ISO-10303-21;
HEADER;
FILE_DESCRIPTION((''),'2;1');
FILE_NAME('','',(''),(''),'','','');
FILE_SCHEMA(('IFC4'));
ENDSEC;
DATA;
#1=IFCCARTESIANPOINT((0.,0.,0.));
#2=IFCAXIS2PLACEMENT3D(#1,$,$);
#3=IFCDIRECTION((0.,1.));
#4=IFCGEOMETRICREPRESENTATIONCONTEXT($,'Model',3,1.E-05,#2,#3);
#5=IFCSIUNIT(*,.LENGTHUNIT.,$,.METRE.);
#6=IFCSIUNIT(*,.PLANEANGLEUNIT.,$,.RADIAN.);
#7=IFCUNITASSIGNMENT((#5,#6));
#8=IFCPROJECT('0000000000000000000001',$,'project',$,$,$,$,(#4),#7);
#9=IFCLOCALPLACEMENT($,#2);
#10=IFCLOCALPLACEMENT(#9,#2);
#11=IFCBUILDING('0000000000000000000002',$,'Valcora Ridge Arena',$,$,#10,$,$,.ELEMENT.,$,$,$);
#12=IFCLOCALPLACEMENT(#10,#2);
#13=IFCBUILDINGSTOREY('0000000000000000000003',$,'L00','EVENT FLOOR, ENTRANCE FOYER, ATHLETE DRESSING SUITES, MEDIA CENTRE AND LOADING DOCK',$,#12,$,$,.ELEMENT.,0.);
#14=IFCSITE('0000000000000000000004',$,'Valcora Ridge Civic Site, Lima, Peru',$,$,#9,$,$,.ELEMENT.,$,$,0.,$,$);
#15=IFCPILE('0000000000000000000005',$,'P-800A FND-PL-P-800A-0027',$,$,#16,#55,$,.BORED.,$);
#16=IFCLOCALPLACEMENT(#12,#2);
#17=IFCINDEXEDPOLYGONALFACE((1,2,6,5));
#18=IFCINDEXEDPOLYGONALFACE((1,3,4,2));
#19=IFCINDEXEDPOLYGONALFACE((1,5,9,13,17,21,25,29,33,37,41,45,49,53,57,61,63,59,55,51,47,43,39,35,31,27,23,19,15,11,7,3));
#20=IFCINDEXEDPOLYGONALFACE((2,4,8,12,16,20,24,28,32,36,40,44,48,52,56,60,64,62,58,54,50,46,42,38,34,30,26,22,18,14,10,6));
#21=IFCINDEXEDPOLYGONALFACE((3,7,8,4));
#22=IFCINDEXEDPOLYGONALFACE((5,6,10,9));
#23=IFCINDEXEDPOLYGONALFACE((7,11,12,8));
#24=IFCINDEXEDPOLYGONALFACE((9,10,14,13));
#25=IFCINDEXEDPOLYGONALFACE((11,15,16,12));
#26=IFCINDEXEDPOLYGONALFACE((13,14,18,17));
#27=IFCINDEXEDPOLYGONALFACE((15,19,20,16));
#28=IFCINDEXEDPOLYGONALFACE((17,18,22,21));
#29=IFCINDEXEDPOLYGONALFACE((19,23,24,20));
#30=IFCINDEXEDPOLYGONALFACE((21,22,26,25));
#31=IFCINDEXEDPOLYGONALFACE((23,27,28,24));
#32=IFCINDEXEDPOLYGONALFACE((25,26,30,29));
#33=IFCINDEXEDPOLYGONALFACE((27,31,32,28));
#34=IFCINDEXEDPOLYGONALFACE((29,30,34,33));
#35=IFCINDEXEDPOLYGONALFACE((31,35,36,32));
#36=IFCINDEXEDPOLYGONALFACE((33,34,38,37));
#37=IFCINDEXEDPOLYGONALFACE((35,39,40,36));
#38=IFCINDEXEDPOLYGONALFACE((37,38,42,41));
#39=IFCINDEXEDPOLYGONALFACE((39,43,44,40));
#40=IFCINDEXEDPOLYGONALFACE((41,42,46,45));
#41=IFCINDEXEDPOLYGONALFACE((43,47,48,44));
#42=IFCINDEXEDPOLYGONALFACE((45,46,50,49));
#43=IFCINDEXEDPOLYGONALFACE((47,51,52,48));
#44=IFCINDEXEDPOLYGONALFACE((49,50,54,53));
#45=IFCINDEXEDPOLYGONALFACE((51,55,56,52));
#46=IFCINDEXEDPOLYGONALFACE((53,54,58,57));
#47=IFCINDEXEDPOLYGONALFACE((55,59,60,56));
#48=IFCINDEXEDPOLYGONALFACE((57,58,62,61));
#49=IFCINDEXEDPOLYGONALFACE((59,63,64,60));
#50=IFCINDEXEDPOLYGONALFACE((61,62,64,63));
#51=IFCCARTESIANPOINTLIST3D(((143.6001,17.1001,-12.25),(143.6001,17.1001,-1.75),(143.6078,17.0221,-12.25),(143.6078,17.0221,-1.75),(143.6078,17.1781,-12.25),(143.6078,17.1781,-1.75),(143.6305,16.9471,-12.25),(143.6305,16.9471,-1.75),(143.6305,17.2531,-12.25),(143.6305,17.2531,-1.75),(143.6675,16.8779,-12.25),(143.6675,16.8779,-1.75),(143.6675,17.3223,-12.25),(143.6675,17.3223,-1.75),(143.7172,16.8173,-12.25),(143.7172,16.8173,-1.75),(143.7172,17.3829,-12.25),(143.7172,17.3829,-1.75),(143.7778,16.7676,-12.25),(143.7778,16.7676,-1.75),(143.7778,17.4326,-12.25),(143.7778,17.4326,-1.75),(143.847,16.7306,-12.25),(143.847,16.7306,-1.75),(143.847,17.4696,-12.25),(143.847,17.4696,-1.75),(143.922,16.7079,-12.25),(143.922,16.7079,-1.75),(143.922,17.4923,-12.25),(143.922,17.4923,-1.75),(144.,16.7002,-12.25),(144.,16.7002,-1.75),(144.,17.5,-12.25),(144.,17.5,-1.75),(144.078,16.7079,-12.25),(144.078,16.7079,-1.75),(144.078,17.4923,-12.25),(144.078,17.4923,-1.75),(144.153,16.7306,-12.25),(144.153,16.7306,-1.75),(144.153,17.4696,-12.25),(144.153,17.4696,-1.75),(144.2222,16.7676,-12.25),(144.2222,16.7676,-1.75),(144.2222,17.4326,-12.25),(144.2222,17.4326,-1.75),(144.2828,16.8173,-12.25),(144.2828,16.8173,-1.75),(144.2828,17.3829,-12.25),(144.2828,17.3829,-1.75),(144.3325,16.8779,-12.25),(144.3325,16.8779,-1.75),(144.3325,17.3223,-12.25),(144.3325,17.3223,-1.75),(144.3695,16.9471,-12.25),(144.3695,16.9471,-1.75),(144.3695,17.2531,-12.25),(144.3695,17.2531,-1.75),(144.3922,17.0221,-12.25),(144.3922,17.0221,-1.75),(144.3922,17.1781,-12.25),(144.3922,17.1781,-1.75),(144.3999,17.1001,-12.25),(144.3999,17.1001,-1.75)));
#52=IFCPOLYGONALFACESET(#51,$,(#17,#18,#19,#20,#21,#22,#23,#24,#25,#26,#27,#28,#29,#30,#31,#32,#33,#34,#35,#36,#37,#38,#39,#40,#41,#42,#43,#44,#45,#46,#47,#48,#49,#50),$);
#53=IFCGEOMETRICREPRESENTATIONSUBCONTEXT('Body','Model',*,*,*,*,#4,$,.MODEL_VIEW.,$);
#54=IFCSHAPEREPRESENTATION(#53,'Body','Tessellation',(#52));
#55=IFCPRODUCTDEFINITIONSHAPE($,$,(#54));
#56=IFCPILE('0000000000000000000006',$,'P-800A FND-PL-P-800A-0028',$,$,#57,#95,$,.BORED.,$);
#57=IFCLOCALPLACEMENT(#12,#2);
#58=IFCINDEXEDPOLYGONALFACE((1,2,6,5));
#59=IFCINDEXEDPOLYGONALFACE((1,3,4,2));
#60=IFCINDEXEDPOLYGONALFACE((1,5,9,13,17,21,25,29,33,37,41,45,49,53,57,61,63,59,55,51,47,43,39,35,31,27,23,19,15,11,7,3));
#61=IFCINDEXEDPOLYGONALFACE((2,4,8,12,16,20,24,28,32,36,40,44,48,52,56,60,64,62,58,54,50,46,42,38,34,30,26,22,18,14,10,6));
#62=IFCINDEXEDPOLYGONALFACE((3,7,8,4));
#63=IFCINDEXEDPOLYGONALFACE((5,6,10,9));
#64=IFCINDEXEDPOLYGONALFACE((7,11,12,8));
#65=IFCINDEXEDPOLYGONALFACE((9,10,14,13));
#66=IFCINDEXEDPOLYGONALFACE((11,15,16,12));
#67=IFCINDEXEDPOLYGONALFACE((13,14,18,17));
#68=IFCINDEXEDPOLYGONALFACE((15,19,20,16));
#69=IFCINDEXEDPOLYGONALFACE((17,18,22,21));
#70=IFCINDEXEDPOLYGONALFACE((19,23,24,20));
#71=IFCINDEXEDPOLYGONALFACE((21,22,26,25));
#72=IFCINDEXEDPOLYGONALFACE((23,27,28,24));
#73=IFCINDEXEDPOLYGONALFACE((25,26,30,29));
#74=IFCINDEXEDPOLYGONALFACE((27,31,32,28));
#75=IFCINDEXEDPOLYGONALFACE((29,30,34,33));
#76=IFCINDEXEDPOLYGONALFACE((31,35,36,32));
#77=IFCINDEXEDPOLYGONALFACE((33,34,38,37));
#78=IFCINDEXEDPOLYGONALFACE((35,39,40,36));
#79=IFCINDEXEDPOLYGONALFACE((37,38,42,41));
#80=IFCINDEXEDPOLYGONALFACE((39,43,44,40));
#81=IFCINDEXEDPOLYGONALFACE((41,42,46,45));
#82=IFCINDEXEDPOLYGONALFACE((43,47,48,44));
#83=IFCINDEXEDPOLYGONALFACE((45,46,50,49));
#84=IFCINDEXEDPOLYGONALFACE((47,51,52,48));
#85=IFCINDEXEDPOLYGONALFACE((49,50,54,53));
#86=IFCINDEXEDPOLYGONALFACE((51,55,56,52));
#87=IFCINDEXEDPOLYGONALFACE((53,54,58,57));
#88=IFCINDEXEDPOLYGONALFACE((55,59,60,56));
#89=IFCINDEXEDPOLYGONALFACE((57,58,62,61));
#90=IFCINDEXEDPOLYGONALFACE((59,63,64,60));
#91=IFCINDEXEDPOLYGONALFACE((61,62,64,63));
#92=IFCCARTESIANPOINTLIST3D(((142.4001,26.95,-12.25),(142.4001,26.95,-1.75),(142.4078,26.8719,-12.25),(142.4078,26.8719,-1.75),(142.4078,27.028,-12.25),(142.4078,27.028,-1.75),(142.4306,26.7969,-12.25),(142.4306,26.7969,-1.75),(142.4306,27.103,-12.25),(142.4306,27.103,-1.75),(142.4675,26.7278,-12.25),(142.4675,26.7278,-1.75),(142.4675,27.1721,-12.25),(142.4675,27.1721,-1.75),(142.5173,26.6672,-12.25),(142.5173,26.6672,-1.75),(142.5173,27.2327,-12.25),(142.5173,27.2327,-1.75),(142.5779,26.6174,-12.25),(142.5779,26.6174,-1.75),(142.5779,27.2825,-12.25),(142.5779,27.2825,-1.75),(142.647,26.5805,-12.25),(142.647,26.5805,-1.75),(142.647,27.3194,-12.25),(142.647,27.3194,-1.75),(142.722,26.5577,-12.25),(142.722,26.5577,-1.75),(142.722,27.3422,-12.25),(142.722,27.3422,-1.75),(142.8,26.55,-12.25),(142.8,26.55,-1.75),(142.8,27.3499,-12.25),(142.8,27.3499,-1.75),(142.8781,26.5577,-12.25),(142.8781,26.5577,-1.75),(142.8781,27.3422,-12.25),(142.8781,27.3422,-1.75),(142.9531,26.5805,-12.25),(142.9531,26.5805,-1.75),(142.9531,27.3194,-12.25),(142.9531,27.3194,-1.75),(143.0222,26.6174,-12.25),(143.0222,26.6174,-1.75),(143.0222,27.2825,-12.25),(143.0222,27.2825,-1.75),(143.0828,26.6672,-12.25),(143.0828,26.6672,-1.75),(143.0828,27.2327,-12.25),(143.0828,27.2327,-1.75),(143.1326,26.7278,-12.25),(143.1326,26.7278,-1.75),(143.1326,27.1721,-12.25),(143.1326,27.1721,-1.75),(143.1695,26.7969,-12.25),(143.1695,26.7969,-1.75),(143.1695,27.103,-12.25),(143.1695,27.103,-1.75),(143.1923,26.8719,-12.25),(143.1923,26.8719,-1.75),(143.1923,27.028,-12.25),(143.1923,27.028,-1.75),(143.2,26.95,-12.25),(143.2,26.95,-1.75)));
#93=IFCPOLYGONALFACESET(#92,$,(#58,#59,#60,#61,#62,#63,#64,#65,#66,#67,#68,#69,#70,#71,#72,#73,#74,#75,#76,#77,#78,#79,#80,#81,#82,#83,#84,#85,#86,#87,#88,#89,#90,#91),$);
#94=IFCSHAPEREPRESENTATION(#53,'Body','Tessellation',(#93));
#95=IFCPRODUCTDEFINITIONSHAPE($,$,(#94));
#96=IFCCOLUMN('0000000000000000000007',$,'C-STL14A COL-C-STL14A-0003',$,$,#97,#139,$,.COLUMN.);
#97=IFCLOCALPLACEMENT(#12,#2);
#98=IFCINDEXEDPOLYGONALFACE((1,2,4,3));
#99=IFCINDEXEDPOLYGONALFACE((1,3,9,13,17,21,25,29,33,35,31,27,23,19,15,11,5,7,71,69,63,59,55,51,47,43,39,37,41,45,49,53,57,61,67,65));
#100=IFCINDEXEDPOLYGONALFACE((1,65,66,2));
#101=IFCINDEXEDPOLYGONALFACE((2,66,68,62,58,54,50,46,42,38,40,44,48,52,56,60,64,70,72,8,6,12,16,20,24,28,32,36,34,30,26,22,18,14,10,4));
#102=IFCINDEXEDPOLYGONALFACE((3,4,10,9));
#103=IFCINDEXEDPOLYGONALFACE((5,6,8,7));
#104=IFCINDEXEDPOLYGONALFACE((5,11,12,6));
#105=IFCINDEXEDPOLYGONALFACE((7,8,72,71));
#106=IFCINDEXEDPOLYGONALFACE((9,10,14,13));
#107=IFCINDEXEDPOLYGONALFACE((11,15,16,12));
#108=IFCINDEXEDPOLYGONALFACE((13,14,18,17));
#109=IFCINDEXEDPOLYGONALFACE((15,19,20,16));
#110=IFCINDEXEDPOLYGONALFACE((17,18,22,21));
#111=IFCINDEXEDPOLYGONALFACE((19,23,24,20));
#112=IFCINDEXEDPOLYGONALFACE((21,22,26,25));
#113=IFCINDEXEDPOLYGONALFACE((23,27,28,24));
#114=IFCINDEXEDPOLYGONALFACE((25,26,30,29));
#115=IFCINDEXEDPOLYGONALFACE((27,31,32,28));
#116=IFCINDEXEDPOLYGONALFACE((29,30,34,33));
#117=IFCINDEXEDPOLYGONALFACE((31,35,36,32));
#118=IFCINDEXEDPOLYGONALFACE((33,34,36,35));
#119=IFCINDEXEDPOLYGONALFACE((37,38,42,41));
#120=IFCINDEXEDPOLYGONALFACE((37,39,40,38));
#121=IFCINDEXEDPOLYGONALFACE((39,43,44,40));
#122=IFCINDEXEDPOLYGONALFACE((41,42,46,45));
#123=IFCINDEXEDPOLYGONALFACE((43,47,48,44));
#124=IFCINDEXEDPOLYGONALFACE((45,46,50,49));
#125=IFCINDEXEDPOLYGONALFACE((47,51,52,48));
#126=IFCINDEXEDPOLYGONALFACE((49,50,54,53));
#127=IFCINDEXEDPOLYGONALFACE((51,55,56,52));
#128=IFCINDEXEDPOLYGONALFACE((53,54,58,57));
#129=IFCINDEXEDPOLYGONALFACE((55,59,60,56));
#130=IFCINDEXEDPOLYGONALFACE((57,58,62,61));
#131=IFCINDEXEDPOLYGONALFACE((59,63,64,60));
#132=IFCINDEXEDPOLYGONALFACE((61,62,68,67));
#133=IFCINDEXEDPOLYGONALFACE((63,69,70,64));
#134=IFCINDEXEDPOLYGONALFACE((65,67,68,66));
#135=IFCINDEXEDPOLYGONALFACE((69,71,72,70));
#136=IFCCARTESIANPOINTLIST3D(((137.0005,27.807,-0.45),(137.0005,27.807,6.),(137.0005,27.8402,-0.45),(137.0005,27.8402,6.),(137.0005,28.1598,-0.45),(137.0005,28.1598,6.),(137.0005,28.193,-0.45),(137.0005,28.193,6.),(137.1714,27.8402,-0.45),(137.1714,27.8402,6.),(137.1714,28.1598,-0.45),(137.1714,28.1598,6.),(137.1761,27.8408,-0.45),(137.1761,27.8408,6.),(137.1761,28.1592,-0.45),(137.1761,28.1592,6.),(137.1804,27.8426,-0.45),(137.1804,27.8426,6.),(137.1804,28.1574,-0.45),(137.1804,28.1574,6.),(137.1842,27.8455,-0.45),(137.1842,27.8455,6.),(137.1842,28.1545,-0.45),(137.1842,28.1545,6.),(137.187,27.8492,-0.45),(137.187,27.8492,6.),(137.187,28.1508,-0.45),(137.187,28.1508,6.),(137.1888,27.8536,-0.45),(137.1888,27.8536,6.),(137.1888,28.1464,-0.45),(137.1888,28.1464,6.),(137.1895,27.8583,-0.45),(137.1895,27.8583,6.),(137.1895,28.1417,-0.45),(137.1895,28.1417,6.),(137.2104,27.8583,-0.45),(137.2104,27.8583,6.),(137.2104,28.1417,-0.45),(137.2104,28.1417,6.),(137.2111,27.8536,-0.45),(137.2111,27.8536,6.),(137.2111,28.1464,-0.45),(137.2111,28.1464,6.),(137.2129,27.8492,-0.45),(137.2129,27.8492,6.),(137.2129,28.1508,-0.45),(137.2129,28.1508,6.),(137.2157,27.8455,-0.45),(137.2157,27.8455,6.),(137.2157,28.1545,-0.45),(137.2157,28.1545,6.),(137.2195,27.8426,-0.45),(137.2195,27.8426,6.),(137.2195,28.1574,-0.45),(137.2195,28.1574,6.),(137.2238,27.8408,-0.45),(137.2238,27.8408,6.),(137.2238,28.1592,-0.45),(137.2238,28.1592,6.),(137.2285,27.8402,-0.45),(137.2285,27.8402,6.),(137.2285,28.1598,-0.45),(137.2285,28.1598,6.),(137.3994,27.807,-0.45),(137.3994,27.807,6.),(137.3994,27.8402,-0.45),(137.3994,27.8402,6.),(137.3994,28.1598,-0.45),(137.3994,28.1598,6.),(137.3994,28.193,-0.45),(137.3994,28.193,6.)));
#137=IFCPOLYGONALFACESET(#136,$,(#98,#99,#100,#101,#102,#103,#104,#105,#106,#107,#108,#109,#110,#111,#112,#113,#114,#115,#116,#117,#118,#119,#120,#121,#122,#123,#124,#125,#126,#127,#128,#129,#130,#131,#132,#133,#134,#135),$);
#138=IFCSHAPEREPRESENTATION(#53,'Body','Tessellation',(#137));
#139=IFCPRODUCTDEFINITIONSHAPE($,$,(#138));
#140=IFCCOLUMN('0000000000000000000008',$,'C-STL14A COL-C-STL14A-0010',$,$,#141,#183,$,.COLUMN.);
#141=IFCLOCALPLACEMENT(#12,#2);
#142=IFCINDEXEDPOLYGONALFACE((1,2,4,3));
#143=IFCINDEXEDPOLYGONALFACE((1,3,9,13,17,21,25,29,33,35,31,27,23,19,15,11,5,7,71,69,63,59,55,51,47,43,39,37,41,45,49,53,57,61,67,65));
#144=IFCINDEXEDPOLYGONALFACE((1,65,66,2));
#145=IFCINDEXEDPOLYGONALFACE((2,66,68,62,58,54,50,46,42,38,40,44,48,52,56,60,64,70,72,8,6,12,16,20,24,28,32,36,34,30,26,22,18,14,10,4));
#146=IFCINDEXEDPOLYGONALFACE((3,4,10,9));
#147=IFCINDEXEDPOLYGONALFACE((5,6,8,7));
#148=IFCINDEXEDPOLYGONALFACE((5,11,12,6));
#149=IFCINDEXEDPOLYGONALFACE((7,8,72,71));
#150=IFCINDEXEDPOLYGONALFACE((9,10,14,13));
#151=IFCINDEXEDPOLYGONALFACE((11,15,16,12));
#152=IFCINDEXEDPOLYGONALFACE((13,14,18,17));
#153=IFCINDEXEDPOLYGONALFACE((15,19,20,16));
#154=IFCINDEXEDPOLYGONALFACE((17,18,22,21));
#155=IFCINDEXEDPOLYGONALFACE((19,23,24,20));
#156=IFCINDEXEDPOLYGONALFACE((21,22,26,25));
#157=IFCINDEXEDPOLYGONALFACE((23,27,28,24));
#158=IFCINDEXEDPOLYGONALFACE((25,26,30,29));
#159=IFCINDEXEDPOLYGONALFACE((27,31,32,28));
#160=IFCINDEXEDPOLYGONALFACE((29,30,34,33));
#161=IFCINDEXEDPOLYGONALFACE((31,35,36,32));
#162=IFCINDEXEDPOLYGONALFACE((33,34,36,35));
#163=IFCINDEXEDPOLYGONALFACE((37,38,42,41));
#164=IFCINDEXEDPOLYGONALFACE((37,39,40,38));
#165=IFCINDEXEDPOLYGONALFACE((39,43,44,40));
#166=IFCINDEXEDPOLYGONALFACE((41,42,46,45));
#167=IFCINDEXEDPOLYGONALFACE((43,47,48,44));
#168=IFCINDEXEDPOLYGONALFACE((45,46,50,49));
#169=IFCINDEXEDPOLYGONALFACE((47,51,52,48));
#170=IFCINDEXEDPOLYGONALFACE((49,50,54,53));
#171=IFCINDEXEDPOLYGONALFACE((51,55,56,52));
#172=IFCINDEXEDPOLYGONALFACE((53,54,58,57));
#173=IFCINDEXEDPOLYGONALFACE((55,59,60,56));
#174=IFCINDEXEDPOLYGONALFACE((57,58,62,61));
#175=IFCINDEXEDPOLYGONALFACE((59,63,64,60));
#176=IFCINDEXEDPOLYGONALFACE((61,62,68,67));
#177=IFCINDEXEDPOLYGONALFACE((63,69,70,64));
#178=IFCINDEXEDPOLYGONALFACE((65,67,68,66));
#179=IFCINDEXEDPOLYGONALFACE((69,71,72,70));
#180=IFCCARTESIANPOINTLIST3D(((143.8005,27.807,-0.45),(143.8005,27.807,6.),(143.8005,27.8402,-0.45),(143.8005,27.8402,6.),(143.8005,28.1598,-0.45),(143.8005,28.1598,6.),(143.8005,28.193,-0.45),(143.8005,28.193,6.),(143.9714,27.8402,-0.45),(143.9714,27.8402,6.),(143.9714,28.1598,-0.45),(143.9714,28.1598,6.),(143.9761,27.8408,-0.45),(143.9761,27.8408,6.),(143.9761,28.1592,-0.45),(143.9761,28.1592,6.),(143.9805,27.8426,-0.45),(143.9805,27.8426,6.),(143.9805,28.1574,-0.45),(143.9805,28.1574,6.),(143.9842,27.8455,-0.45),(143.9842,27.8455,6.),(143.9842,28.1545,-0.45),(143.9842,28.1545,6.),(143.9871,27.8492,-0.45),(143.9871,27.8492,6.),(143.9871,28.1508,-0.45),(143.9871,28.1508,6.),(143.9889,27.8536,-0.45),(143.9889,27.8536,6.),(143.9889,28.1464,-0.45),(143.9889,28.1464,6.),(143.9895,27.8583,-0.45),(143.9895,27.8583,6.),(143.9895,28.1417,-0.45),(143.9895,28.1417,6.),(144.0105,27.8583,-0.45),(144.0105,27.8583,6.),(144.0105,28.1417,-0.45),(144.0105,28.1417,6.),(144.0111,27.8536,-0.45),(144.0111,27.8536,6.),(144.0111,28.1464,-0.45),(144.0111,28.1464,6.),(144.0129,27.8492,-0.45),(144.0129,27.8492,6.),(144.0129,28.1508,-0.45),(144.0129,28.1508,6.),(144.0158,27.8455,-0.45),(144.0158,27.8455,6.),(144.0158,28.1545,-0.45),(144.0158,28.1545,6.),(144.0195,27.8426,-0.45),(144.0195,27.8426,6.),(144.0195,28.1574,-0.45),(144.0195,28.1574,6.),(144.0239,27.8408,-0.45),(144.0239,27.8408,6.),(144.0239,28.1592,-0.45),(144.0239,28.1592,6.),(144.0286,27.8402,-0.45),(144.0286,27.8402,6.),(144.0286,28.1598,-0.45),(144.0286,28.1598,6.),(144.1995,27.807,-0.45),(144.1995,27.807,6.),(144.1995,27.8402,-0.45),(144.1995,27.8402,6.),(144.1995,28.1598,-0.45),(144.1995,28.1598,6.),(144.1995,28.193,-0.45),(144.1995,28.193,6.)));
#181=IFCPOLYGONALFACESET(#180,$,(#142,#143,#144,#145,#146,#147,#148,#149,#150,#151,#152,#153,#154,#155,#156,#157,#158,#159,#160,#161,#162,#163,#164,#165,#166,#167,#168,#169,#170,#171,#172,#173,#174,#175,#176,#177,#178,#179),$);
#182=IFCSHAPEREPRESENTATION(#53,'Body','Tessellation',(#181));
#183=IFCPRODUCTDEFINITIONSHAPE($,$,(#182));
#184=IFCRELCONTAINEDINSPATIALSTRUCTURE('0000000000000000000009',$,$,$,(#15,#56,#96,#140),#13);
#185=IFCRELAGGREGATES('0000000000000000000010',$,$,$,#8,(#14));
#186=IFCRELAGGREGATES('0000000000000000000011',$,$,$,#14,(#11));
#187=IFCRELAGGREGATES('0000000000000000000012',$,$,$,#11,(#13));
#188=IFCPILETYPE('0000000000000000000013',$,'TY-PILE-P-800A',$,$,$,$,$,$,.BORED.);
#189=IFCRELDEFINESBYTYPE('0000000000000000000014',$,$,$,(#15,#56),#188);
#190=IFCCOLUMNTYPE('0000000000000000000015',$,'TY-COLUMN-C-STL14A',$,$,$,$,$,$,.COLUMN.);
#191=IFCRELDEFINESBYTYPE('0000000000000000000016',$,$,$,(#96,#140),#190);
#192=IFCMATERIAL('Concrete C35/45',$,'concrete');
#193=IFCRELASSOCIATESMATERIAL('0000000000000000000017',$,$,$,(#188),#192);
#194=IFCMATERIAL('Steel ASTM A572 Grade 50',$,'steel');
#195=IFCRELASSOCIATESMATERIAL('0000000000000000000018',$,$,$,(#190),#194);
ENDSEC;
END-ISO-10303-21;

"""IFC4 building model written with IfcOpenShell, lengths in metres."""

from ifc_helpers import new_model, si_unit, direction, frame, origin, origin_2d, place, context, subcontext, project, spatial, circle, i_section, extrude, material, material_profile, profile_set, type_object, element, save


model = new_model("IFC4")

# Units and contexts
model_context = context("Model", 3, precision=1e-05, world=origin(), true_north=direction((0.0, 1.0)))
body_context = subcontext(model_context, "Body", "Model", "MODEL_VIEW")
ifc_project = project(units=[si_unit("LENGTHUNIT", "METRE"), si_unit("PLANEANGLEUNIT", "RADIAN")], contexts=[model_context])

# Site, building, storey
site_placement = place(None, origin())
site = spatial("IfcSite", under=ifc_project, at=site_placement, Name="Valcora Ridge Civic Site, Lima, Peru", CompositionType="ELEMENT", RefElevation=0.0)
building_placement = place(site_placement, origin())
building = spatial("IfcBuilding", under=site, at=building_placement, Name="Valcora Ridge Arena", CompositionType="ELEMENT")
storey_placement = place(building_placement, origin())
storey = spatial("IfcBuildingStorey", under=building, at=storey_placement, Name="L00", Description="EVENT FLOOR, ENTRANCE FOYER, ATHLETE DRESSING SUITES, MEDIA CENTRE AND LOADING DOCK", CompositionType="ELEMENT", Elevation=0.0)

# Piles
ifc_material_1 = material(Name="Concrete C35/45", Category="concrete")
ifc_material_profile_1 = material_profile(ifc_material_1, circle(Radius=0.3999, at=origin_2d()), Name="BORED PILE D800")
ifc_profile_set_1 = profile_set([ifc_material_profile_1], Name="Concrete C35/45")
pile_type = type_object("IfcPileType", Name="TY-PILE-P-800A", PredefinedType="BORED", material=ifc_profile_set_1)
for number, where, z_axis, x_axis, name in (
    (1, (144.0, 17.1001, -1.75), (0.0, 0.0, -1.0), (1.0, 0.0, 0.0), "P-800A FND-PL-P-800A-0027"),
    (2, (142.8, 26.95, -1.75), (0.0, 0.0, -1.0), (1.0, 0.0, 0.0), "P-800A FND-PL-P-800A-0028"),
):
    element("IfcPile", number, at=place(storey_placement, frame(where, z_axis=z_axis, x_axis=x_axis)), inside=storey, type_object=pile_type, Name=name, PredefinedType="BORED", context=body_context, shape_type="SweptSolid", body=[
        extrude(circle(Radius=0.3999, at=origin_2d()), origin(), (0.0, 0.0, 1.0), 10.5),
    ])

# Columns
ifc_material_2 = material(Name="Steel ASTM A572 Grade 50", Category="steel")
ifc_material_profile_2 = material_profile(ifc_material_2, i_section(OverallWidth=0.3989, OverallDepth=0.386, WebThickness=0.021, FlangeThickness=0.0332, FilletRadius=0.0181, at=origin_2d()), Name="W14X176")
ifc_profile_set_2 = profile_set([ifc_material_profile_2], Name="Steel ASTM A572 Grade 50")
column_type = type_object("IfcColumnType", Name="TY-COLUMN-C-STL14A", PredefinedType="COLUMN", material=ifc_profile_set_2)
for number, where, z_axis, x_axis, name in (
    (3, (137.2, 28.0, -0.45), (0.0, 0.0, 1.0), (1.0, 0.0, 0.0), "C-STL14A COL-C-STL14A-0003"),
    (4, (144.0, 28.0, -0.45), (0.0, 0.0, 1.0), (1.0, 0.0, 0.0), "C-STL14A COL-C-STL14A-0010"),
):
    element("IfcColumn", number, at=place(storey_placement, frame(where, z_axis=z_axis, x_axis=x_axis)), inside=storey, type_object=column_type, Name=name, PredefinedType="COLUMN", context=body_context, shape_type="SweptSolid", body=[
        extrude(i_section(OverallWidth=0.3989, OverallDepth=0.386, WebThickness=0.021, FlangeThickness=0.0332, FilletRadius=0.0181, at=origin_2d()), origin(), (0.0, 0.0, 1.0), 6.45),
    ])

save(model, "model.ifc")
